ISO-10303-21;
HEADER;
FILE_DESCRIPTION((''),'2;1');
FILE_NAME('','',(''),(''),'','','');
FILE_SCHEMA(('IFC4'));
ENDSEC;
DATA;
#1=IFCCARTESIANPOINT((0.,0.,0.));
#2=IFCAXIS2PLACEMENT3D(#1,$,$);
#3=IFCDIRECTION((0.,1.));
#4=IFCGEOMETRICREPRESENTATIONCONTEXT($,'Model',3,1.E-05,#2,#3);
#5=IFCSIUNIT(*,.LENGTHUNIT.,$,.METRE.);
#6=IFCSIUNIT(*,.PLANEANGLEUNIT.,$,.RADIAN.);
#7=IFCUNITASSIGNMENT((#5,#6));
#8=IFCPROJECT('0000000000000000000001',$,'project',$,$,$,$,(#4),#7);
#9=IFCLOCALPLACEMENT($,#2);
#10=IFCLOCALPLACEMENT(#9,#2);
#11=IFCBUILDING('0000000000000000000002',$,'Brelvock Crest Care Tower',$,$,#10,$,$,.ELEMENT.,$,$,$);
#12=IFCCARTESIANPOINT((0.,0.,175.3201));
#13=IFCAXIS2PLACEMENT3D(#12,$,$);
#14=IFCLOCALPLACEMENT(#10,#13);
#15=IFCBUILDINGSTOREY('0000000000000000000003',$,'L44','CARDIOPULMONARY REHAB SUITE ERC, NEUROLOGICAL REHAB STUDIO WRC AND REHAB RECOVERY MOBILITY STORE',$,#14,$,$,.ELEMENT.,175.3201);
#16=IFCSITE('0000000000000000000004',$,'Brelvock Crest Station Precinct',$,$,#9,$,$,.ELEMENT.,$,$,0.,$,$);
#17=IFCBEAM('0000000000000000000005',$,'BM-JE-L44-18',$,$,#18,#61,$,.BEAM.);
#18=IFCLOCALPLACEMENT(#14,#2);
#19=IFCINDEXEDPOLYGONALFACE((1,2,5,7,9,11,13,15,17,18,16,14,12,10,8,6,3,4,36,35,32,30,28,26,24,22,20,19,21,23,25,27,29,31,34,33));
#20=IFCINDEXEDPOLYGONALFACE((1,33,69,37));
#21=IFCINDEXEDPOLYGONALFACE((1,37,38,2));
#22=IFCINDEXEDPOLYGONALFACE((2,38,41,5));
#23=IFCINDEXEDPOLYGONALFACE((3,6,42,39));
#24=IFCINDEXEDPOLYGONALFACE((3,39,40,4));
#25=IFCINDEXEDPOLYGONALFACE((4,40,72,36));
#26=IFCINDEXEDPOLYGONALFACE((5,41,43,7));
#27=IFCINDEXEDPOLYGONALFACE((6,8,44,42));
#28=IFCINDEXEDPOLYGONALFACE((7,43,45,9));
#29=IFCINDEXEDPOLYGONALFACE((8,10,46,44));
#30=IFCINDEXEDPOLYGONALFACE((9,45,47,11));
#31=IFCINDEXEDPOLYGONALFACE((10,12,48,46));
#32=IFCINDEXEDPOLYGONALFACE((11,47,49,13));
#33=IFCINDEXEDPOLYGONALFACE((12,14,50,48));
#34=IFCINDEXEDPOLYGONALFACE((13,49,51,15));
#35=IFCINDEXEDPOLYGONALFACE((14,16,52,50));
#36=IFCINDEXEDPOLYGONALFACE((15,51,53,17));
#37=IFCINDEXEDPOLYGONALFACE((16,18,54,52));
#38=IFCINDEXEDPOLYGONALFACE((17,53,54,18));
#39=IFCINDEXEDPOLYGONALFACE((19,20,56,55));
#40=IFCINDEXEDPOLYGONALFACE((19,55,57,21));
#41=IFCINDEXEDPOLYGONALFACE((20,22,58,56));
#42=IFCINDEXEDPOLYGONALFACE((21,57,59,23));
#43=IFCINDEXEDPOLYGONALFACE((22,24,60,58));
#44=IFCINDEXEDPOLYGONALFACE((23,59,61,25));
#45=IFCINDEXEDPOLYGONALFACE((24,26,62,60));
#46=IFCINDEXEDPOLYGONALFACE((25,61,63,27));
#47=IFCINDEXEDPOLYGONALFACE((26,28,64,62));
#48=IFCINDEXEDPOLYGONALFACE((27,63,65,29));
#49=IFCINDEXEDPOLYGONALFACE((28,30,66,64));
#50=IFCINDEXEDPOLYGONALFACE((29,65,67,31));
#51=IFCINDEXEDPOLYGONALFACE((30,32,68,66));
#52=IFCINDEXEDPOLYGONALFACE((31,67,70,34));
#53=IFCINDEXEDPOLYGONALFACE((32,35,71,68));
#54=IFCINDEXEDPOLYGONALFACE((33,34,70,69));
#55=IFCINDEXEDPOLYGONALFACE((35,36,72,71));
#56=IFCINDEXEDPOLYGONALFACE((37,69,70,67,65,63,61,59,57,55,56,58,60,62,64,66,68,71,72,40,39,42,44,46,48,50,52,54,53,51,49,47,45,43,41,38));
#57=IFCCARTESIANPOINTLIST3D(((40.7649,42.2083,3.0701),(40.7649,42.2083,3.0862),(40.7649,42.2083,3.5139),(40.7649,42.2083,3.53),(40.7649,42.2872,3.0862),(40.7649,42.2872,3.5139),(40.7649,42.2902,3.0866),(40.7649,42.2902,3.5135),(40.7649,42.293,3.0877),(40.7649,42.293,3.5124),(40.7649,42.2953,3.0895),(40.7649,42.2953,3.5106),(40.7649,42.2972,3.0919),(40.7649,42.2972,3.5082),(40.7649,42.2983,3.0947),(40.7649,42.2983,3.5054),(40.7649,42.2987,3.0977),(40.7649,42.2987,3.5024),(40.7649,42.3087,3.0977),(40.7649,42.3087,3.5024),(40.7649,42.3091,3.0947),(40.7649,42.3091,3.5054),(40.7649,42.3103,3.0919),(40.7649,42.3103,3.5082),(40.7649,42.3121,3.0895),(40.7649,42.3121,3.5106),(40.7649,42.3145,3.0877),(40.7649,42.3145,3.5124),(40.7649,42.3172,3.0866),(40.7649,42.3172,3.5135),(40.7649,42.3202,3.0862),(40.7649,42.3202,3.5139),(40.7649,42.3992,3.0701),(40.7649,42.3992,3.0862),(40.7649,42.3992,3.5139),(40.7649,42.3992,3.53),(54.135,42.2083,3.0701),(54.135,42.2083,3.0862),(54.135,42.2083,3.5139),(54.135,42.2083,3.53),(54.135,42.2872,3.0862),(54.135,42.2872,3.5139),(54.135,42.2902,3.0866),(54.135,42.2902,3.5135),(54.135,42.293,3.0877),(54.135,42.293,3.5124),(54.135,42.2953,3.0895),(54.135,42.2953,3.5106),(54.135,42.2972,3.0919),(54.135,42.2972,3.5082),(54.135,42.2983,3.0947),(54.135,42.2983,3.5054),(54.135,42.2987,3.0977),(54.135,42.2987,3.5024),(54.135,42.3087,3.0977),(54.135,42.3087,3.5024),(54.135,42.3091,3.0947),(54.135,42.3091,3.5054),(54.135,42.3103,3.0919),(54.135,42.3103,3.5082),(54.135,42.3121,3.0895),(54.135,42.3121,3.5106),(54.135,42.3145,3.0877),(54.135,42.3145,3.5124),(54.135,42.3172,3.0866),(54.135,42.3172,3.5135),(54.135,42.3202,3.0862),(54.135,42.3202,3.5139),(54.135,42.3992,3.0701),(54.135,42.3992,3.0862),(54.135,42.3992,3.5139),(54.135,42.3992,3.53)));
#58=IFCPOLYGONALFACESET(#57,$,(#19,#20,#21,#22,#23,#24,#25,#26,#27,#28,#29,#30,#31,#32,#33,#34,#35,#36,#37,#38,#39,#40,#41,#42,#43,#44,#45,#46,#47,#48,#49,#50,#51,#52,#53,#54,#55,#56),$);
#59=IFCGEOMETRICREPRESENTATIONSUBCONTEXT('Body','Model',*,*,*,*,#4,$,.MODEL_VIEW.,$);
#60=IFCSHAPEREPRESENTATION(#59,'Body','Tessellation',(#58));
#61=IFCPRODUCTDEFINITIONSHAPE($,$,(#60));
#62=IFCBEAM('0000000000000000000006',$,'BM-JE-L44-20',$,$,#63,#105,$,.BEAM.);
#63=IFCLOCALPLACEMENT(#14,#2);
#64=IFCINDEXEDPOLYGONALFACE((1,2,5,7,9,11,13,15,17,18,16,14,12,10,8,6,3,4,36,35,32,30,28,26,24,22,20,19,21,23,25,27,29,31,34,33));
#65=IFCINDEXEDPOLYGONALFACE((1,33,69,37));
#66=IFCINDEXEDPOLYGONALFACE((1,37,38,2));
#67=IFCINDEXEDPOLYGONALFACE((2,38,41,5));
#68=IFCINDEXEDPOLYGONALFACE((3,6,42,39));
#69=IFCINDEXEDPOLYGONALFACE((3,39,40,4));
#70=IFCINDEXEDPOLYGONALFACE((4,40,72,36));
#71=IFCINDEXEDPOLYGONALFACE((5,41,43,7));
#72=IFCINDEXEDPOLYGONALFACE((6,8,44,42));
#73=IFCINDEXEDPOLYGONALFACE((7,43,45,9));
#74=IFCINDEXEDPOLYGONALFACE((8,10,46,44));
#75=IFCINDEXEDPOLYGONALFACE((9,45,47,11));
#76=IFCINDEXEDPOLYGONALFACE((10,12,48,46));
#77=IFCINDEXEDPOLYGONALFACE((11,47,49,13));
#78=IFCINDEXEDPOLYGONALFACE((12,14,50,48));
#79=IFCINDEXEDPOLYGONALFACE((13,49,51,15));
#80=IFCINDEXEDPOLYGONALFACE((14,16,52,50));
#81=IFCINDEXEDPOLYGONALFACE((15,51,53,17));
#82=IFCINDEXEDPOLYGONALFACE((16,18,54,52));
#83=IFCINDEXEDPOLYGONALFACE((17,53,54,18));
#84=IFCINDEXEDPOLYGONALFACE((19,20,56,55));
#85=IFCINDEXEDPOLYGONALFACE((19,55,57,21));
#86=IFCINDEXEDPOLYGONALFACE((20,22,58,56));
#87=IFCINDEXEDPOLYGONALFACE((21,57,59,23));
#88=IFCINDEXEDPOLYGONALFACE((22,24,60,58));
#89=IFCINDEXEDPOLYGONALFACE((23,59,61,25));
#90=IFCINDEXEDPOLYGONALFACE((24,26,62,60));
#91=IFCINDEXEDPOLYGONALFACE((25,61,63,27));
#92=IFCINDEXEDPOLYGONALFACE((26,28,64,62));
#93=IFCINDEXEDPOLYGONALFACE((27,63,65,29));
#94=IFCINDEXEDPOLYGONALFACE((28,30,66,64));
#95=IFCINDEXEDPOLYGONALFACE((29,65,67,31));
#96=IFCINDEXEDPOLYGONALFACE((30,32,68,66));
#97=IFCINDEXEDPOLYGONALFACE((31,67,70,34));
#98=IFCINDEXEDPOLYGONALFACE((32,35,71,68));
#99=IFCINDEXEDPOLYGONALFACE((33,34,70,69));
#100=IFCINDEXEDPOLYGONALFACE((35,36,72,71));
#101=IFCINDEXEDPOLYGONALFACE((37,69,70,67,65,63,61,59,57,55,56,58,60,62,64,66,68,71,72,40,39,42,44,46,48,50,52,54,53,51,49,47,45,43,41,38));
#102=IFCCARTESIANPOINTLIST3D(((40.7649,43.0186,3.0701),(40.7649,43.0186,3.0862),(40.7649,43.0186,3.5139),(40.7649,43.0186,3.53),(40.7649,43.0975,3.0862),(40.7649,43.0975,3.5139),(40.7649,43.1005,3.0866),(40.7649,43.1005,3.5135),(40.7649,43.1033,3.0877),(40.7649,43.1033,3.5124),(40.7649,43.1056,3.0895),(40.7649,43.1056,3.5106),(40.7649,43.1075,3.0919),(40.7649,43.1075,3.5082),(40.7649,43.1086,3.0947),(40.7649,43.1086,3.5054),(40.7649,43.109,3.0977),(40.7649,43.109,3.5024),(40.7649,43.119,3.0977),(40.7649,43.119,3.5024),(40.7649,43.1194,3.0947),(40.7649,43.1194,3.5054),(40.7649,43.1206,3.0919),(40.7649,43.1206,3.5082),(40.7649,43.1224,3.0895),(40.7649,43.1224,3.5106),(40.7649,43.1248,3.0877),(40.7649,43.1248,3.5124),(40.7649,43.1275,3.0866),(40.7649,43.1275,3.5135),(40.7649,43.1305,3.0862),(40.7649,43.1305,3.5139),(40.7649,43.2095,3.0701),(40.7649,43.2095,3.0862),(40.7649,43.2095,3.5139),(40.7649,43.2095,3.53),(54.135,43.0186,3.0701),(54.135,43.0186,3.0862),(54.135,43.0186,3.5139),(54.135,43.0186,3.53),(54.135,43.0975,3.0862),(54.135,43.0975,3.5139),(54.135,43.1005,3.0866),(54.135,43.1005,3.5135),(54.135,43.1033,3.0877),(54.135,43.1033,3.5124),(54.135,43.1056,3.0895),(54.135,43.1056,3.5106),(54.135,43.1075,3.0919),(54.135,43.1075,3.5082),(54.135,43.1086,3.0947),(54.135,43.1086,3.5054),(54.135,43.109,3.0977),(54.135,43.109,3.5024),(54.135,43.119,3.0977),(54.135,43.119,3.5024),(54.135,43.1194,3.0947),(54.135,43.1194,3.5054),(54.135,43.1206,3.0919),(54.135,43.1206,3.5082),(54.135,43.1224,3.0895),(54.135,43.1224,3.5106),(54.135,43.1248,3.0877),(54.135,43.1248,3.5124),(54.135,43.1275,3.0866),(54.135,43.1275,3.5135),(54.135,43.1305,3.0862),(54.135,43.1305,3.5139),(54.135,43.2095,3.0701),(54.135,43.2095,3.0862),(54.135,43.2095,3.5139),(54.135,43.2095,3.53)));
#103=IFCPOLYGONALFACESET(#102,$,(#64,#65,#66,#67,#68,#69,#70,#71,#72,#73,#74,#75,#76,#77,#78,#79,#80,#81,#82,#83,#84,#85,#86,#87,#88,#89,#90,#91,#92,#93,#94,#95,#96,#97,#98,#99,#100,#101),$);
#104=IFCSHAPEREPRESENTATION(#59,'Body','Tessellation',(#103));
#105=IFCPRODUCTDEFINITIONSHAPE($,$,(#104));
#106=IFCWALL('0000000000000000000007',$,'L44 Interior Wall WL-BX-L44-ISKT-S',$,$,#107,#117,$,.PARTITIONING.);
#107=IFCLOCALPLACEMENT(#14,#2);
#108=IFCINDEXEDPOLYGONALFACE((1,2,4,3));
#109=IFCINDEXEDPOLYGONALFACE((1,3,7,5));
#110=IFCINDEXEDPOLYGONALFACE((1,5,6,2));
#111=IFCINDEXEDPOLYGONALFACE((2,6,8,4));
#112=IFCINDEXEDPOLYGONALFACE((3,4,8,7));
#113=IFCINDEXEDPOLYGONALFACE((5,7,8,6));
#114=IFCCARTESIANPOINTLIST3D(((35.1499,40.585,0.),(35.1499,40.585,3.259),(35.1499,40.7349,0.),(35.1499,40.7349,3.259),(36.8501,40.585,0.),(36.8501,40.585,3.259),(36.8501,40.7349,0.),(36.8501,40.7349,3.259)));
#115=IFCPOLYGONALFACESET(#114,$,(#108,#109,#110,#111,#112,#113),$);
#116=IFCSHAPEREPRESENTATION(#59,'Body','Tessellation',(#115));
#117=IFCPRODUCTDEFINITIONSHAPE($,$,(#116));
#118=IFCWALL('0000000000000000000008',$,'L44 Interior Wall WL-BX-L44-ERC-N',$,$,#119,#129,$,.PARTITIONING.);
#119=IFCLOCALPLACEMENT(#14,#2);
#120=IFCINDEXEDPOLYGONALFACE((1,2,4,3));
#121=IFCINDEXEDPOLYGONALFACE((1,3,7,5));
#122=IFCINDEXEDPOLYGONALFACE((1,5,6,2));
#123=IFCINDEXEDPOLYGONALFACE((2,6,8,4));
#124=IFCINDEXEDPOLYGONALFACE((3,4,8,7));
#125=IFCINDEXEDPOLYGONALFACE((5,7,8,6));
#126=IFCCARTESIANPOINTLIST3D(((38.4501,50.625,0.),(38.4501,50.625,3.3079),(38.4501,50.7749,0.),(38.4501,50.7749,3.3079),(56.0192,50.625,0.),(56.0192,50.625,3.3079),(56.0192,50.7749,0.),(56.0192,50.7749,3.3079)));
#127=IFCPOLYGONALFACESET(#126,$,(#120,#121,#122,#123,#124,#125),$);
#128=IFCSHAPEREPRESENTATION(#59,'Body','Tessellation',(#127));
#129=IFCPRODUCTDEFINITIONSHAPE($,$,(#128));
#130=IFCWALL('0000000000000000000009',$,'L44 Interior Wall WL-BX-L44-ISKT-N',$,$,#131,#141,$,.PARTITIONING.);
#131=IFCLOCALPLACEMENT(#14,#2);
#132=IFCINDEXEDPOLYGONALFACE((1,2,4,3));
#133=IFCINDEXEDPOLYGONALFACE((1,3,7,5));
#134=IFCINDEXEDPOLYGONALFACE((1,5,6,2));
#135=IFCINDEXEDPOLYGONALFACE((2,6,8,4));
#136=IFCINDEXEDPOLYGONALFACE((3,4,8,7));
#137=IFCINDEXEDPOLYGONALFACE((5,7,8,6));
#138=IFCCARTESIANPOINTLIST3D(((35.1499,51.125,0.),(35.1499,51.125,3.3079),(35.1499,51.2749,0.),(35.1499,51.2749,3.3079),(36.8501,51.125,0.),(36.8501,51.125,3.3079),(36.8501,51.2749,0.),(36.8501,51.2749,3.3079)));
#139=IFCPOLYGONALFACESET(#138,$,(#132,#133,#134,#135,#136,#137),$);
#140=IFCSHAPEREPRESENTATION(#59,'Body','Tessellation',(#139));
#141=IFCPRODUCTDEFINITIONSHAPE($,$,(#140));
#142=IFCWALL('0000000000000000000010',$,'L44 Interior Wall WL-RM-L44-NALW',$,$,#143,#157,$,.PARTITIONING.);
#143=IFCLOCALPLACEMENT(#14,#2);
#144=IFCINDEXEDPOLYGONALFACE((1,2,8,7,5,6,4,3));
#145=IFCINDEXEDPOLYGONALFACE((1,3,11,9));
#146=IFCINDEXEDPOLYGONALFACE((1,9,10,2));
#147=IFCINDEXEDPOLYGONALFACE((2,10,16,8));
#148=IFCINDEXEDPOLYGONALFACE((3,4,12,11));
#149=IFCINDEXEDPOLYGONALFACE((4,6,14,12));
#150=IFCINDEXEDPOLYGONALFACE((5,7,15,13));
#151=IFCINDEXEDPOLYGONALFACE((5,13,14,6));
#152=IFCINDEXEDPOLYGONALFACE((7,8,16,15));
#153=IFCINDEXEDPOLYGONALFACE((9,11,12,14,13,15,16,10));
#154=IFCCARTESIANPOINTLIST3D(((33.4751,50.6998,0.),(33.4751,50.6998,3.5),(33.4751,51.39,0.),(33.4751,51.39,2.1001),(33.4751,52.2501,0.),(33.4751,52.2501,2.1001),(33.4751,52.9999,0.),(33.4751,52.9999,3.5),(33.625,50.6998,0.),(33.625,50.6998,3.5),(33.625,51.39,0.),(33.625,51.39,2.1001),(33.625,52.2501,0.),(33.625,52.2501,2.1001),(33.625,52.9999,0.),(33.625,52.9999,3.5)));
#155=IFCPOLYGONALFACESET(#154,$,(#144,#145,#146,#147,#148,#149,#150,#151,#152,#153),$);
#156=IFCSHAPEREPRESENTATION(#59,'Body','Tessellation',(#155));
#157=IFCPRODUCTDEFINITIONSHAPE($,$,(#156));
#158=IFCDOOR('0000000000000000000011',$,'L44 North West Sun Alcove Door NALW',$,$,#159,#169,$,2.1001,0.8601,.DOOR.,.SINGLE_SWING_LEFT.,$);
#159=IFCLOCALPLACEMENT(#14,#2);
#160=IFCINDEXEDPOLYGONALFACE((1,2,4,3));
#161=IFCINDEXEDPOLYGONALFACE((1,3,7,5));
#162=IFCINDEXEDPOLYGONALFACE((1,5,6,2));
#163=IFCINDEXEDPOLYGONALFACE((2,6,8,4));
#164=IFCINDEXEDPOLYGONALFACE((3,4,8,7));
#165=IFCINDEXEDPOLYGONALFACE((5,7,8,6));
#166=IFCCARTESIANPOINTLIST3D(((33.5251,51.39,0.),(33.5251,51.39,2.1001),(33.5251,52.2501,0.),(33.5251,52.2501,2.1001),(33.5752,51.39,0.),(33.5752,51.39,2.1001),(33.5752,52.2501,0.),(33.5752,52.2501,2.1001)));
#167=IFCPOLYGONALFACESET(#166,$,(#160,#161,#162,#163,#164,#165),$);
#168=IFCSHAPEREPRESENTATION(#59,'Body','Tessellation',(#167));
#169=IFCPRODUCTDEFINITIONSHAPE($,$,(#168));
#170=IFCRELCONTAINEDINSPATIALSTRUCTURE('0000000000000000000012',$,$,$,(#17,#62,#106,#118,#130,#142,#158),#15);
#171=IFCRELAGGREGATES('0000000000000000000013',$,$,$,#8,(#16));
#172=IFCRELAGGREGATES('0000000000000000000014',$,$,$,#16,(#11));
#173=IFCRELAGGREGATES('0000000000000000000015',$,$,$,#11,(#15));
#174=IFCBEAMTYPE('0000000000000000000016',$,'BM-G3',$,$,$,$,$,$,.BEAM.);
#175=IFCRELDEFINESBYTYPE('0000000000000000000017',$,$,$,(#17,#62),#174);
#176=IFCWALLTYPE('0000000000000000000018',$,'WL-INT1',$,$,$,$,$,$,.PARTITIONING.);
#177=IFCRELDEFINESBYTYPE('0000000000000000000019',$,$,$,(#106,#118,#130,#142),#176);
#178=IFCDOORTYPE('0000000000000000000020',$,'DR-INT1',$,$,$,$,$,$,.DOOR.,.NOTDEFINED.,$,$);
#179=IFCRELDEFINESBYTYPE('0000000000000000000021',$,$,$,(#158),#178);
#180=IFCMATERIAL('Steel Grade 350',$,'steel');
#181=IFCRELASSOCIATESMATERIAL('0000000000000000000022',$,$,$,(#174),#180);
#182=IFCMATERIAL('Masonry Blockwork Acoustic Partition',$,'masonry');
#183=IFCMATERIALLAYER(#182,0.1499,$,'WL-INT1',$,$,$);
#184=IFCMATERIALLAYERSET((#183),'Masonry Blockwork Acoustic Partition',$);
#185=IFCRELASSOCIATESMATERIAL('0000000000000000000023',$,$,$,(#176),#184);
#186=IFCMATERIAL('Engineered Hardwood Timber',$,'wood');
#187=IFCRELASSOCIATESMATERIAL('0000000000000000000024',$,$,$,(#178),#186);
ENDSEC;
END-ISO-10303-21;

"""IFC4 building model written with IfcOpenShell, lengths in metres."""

from ifc_helpers import new_model, si_unit, direction, frame, frame_2d, origin, origin_2d, place, context, subcontext, project, spatial, rectangle, i_section, extrude, source, transform, mapped, material, layer, layer_set, material_profile, profile_set, type_object, element, fill, save


model = new_model("IFC4")

# Units and contexts
model_context = context("Model", 3, precision=1e-05, world=origin(), true_north=direction((0.0, 1.0)))
body_context = subcontext(model_context, "Body", "Model", "MODEL_VIEW")
ifc_project = project(units=[si_unit("LENGTHUNIT", "METRE"), si_unit("PLANEANGLEUNIT", "RADIAN")], contexts=[model_context])

# Site, building, storey
site_placement = place(None, origin())
site = spatial("IfcSite", under=ifc_project, at=site_placement, Name="Brelvock Crest Station Precinct", CompositionType="ELEMENT", RefElevation=0.0)
building_placement = place(site_placement, origin())
building = spatial("IfcBuilding", under=site, at=building_placement, Name="Brelvock Crest Care Tower", CompositionType="ELEMENT")
storey_placement = place(building_placement, frame((0.0, 0.0, 175.3201)))
storey = spatial("IfcBuildingStorey", under=building, at=storey_placement, Name="L44", Description="CARDIOPULMONARY REHAB SUITE ERC, NEUROLOGICAL REHAB STUDIO WRC AND REHAB RECOVERY MOBILITY STORE", CompositionType="ELEMENT", Elevation=175.3201)

# Beams
ifc_material_1 = material(Name="Steel Grade 350", Category="steel")
ifc_material_profile_1 = material_profile(ifc_material_1, i_section(OverallWidth=0.1909, OverallDepth=0.46, WebThickness=0.01, FlangeThickness=0.0161, FilletRadius=0.0115, at=origin_2d()), Name="460UB82.1")
ifc_profile_set_1 = profile_set([ifc_material_profile_1], Name="Steel Grade 350")
beam_type_1 = type_object("IfcBeamType", Name="BM-G3", PredefinedType="BEAM", material=ifc_profile_set_1)
shared_shape_1 = source(origin(), body_context, "Body", "SweptSolid", [
    extrude(i_section(OverallWidth=0.1909, OverallDepth=0.46, WebThickness=0.01, FlangeThickness=0.0161, FilletRadius=0.0115, at=origin_2d()), origin(), (0.0, 0.0, 1.0), 13.3701),
])
for number, where, z_axis, x_axis, name in (
    (1, (40.7649, 42.3037, 3.3), (1.0, 0.0, 0.0), (0.0, 1.0, 0.0), "BM-JE-L44-18"),
    (2, (40.7649, 43.114, 3.3), (1.0, 0.0, 0.0), (0.0, 1.0, 0.0), "BM-JE-L44-20"),
):
    element("IfcBeam", number, at=place(storey_placement, frame(where, z_axis=z_axis, x_axis=x_axis)), inside=storey, type_object=beam_type_1, Name=name, PredefinedType="BEAM", context=body_context, shape_type="MappedRepresentation", body=[
        mapped(shared_shape_1, transform((0.0, 0.0, 0.0), x_axis=(1.0, 0.0, 0.0), y_axis=(0.0, 1.0, 0.0), z_axis=(0.0, 0.0, 1.0), scale=1.0)),
    ])

# Walls
ifc_material_2 = material(Name="Masonry Blockwork Acoustic Partition", Category="masonry")
ifc_layer = layer(ifc_material_2, 0.1499, Name="WL-INT1")
ifc_layer_set = layer_set([ifc_layer], Name="Masonry Blockwork Acoustic Partition")
wall_type = type_object("IfcWallType", Name="WL-INT1", PredefinedType="PARTITIONING", material=ifc_layer_set)
wall_1_placement = place(storey_placement, frame((35.1499, 40.6599, 0.0), z_axis=(0.0, 0.0, 1.0), x_axis=(1.0, 0.0, 0.0)))
element("IfcWall", 3, at=wall_1_placement, inside=storey, type_object=wall_type, Name="L44 Interior Wall WL-BX-L44-ISKT-S", PredefinedType="PARTITIONING", context=body_context, shape_type="SweptSolid", body=[
    extrude(rectangle(XDim=1.7002, YDim=0.1499, at=frame_2d((0.8501, 0.0))), origin(), (0.0, 0.0, 1.0), 3.259),
])
wall_2_placement = place(storey_placement, frame((38.45, 50.7, 0.0), z_axis=(0.0, 0.0, 1.0), x_axis=(1.0, 0.0, 0.0)))
element("IfcWall", 4, at=wall_2_placement, inside=storey, type_object=wall_type, Name="L44 Interior Wall WL-BX-L44-ERC-N", PredefinedType="PARTITIONING", context=body_context, shape_type="SweptSolid", body=[
    extrude(rectangle(XDim=17.5691, YDim=0.1499, at=frame_2d((8.7847, 0.0))), origin(), (0.0, 0.0, 1.0), 3.3079),
])
wall_3_placement = place(storey_placement, frame((35.1499, 51.2, 0.0), z_axis=(0.0, 0.0, 1.0), x_axis=(1.0, 0.0, 0.0)))
element("IfcWall", 5, at=wall_3_placement, inside=storey, type_object=wall_type, Name="L44 Interior Wall WL-BX-L44-ISKT-N", PredefinedType="PARTITIONING", context=body_context, shape_type="SweptSolid", body=[
    extrude(rectangle(XDim=1.7002, YDim=0.1499, at=frame_2d((0.8501, 0.0))), origin(), (0.0, 0.0, 1.0), 3.3079),
])

# Wall, opening, door
wall_4_placement = place(storey_placement, frame((33.55, 50.7, 0.0), z_axis=(0.0, 0.0, 1.0), x_axis=(0.0, 1.0, 0.0)))
wall_4 = element("IfcWall", 6, at=wall_4_placement, inside=storey, type_object=wall_type, Name="L44 Interior Wall WL-RM-L44-NALW", PredefinedType="PARTITIONING", context=body_context, shape_type="SweptSolid", body=[
    extrude(rectangle(XDim=2.3, YDim=0.1499, at=frame_2d((1.1499, 0.0))), origin(), (0.0, 0.0, 1.0), 3.5),
])
opening_1_placement = place(wall_4_placement, frame((0.6899, 0.0, 0.0)))
opening_1 = element("IfcOpeningElement", 7, at=opening_1_placement, cuts=wall_4, PredefinedType="OPENING", context=body_context, shape_type="SweptSolid", body=[
    extrude(rectangle(XDim=0.8601, YDim=2.1001, at=origin_2d()), frame((0.4302, 0.085, 1.05), z_axis=(0.0, -1.0, 0.0), x_axis=(1.0, 0.0, 0.0)), (0.0, 0.0, 1.0), 0.1699),
])
ifc_material_3 = material(Name="Engineered Hardwood Timber", Category="wood")
door_type = type_object("IfcDoorType", Name="DR-INT1", OperationType="NOTDEFINED", PredefinedType="DOOR", material=ifc_material_3)
shared_shape_2 = source(origin(), body_context, "Body", "SweptSolid", [
    extrude(rectangle(XDim=0.8601, YDim=2.1001, at=origin_2d()), frame((0.4302, 0.0249, 1.05), z_axis=(0.0, -1.0, 0.0), x_axis=(1.0, 0.0, 0.0)), (0.0, 0.0, 1.0), 0.05),
])
door_1_placement = place(opening_1_placement, origin())
door_1 = element("IfcDoor", 8, at=door_1_placement, inside=storey, type_object=door_type, Name="L44 North West Sun Alcove Door NALW", OperationType="SINGLE_SWING_LEFT", OverallHeight=2.1001, OverallWidth=0.8601, PredefinedType="DOOR", context=body_context, shape_type="MappedRepresentation", body=[
    mapped(shared_shape_2, transform((0.0, 0.0, 0.0), x_axis=(1.0, 0.0, 0.0), y_axis=(0.0, 1.0, 0.0), z_axis=(0.0, 0.0, 1.0), scale=1.0)),
])
fill(opening_1, door_1)

save(model, "model.ifc")
